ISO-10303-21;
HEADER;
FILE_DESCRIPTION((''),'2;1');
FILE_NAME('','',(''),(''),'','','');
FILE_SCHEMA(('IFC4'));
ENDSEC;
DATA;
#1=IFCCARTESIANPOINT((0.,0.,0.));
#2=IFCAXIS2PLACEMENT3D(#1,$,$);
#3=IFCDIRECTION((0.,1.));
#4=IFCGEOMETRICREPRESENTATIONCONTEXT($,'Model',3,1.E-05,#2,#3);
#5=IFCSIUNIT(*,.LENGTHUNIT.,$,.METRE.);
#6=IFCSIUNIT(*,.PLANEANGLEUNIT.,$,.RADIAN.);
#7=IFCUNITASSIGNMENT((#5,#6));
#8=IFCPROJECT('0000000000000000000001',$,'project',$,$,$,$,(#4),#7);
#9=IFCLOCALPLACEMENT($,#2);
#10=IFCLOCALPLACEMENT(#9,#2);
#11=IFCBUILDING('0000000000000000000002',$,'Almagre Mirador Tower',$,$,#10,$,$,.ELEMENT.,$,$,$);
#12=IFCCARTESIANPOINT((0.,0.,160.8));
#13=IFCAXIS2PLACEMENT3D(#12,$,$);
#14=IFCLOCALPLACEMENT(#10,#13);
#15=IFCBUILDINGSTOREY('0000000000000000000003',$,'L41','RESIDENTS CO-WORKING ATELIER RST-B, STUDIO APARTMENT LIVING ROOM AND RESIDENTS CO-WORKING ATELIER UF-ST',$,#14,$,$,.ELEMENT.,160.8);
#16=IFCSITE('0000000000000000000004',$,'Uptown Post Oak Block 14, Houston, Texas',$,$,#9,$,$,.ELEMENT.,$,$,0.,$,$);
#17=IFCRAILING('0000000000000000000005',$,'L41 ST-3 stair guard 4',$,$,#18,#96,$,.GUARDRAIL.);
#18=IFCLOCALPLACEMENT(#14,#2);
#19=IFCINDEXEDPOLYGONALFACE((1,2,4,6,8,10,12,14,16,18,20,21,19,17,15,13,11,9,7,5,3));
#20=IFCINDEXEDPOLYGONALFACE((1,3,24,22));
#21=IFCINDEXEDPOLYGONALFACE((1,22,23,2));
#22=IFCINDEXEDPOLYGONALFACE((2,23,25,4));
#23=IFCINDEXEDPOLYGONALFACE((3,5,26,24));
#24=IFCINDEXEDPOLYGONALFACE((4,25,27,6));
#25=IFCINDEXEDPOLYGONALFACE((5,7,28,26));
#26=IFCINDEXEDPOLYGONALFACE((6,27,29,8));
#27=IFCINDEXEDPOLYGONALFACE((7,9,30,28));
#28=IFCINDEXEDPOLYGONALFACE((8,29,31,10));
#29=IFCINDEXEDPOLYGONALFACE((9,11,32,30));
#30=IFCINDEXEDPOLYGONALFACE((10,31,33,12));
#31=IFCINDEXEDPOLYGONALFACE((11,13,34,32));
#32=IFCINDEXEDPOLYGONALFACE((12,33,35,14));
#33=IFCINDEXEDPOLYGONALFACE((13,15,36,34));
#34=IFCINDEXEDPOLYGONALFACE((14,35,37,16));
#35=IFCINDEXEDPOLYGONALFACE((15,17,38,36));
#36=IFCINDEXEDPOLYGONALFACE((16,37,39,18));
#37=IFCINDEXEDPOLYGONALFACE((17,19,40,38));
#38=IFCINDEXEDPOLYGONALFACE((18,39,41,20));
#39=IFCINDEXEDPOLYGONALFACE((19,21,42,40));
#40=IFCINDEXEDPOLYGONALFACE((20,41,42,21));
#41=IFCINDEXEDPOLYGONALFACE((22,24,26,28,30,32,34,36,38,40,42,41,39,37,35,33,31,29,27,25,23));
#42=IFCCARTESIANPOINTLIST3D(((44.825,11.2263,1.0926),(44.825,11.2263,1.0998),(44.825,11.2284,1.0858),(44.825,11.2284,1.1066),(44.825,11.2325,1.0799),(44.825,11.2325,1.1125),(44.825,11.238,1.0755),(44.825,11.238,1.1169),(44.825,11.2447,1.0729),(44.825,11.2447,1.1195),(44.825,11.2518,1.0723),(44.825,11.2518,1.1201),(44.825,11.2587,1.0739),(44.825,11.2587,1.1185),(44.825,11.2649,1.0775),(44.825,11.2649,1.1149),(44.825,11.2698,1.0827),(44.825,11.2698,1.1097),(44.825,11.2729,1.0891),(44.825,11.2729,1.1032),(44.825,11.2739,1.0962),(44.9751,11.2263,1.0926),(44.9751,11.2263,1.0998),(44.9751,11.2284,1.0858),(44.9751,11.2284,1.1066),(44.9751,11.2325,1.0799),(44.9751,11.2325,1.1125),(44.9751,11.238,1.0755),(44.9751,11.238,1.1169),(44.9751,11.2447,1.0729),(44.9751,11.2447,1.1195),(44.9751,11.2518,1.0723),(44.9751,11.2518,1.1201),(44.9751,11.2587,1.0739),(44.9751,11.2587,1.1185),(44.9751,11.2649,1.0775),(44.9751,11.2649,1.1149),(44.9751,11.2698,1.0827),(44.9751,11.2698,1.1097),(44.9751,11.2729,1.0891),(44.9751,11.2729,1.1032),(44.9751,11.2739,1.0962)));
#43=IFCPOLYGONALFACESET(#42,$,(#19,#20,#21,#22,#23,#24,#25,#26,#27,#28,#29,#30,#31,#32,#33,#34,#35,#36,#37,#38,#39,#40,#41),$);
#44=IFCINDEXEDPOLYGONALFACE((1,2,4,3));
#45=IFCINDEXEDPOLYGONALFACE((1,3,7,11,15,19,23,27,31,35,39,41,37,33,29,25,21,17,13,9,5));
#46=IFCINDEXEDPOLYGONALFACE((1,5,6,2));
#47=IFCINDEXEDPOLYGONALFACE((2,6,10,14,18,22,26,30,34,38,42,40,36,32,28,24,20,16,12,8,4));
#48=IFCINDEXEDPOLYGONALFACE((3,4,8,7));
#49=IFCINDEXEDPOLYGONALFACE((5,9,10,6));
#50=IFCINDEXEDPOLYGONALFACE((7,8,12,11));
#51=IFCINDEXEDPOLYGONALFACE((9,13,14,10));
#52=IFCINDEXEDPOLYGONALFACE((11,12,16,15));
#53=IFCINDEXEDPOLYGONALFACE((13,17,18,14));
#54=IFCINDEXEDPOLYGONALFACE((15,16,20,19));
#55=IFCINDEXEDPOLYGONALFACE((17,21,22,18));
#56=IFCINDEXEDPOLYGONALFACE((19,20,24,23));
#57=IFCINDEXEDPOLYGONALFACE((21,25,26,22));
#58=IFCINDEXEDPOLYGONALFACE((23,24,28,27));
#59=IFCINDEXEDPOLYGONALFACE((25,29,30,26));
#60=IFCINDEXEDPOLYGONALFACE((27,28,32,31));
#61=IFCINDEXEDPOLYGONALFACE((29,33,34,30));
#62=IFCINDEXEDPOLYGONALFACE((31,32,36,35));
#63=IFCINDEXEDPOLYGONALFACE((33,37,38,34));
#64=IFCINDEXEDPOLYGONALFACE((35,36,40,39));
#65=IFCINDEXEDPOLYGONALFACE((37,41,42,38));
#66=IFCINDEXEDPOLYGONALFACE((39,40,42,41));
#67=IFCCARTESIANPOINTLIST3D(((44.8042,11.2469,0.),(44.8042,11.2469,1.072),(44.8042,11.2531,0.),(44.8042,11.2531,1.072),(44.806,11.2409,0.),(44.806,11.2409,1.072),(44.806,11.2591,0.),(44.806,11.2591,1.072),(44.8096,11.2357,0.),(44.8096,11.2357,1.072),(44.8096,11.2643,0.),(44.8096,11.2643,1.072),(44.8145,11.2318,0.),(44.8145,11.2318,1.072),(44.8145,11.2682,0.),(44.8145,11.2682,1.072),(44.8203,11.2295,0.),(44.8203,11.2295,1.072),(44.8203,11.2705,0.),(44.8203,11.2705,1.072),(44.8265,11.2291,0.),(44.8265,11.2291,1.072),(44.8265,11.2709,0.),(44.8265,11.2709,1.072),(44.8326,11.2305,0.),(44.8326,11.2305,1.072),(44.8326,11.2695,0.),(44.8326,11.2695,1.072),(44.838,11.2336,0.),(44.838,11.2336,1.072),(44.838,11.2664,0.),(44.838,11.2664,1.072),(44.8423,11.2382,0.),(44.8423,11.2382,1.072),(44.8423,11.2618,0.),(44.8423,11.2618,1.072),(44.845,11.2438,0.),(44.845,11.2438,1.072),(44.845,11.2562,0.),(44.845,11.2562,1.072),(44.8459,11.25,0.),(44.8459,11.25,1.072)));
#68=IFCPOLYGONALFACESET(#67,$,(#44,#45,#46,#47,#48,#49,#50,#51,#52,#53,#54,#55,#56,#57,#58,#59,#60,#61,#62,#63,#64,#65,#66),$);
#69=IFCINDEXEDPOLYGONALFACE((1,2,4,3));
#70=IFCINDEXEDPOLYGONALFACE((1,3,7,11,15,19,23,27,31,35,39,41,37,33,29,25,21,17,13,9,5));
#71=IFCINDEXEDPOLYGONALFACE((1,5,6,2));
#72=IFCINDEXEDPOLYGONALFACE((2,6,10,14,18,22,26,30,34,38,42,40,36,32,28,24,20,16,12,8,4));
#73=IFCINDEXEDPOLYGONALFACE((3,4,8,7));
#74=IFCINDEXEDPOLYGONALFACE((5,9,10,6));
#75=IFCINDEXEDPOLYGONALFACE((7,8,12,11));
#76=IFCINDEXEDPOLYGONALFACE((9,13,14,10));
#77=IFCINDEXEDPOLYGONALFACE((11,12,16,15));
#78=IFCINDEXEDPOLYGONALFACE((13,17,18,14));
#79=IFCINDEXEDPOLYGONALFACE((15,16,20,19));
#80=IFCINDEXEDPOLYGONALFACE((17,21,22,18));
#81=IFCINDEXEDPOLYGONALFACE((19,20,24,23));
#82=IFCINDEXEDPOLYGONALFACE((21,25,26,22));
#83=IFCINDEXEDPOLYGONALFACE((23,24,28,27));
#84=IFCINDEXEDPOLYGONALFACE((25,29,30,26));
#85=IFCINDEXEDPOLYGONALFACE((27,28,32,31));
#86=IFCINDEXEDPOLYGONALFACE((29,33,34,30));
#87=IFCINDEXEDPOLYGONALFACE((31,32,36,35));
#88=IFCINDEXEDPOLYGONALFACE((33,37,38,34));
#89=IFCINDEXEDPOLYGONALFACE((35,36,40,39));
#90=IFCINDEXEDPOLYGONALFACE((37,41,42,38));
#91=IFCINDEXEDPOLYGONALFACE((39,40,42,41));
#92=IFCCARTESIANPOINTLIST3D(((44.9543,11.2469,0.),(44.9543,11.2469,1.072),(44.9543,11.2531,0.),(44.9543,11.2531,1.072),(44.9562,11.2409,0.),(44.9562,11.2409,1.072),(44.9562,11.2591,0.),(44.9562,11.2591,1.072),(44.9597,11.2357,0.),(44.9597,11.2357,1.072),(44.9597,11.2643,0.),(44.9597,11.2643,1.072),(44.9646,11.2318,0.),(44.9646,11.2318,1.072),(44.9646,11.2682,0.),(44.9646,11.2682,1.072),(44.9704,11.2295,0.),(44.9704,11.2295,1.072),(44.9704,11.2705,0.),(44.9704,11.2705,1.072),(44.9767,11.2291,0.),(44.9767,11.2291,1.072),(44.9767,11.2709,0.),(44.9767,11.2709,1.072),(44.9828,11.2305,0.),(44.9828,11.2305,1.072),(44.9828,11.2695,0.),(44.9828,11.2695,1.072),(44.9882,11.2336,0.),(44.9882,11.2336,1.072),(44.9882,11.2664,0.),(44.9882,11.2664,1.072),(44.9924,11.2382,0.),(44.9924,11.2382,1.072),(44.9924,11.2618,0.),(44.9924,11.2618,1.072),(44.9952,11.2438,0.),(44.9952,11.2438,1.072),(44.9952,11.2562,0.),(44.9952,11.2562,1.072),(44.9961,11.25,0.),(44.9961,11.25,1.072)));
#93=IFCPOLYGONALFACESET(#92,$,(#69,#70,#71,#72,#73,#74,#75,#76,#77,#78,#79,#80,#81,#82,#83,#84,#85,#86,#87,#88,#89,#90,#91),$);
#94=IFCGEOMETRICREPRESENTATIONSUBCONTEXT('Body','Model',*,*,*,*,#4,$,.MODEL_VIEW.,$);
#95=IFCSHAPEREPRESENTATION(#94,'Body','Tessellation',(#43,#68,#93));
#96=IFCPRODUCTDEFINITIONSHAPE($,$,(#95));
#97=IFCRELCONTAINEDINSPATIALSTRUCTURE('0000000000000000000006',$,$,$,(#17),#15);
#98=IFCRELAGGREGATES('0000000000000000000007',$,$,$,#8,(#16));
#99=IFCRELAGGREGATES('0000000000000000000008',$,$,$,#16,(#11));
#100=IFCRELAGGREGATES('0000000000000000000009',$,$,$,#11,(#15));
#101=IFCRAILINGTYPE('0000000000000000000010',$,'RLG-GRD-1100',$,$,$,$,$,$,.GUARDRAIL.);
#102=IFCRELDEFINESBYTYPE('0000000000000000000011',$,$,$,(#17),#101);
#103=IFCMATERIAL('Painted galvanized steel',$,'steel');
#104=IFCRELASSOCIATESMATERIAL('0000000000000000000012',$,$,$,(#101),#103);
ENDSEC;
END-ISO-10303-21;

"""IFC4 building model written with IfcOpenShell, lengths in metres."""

from ifc_helpers import new_model, si_unit, direction, frame, origin, origin_2d, place, context, subcontext, project, spatial, circle, extrude, material, type_object, element, save


model = new_model("IFC4")

# Units and contexts
model_context = context("Model", 3, precision=1e-05, world=origin(), true_north=direction((0.0, 1.0)))
body_context = subcontext(model_context, "Body", "Model", "MODEL_VIEW")
ifc_project = project(units=[si_unit("LENGTHUNIT", "METRE"), si_unit("PLANEANGLEUNIT", "RADIAN")], contexts=[model_context])

# Site, building, storey
site_placement = place(None, origin())
site = spatial("IfcSite", under=ifc_project, at=site_placement, Name="Uptown Post Oak Block 14, Houston, Texas", CompositionType="ELEMENT", RefElevation=0.0)
building_placement = place(site_placement, origin())
building = spatial("IfcBuilding", under=site, at=building_placement, Name="Almagre Mirador Tower", CompositionType="ELEMENT")
storey_placement = place(building_placement, frame((0.0, 0.0, 160.8)))
storey = spatial("IfcBuildingStorey", under=building, at=storey_placement, Name="L41", Description="RESIDENTS CO-WORKING ATELIER RST-B, STUDIO APARTMENT LIVING ROOM AND RESIDENTS CO-WORKING ATELIER UF-ST", CompositionType="ELEMENT", Elevation=160.8)

# Railing
ifc_material_1 = material(Name="Painted galvanized steel", Category="steel")
railing_type_1 = type_object("IfcRailingType", Name="RLG-GRD-1100", PredefinedType="GUARDRAIL", material=ifc_material_1)
railing_1_placement = place(storey_placement, frame((44.825, 11.25, 0.0)))
element("IfcRailing", 1, at=railing_1_placement, inside=storey, type_object=railing_type_1, Name="L41 ST-3 stair guard 4", PredefinedType="GUARDRAIL", context=body_context, shape_type="SweptSolid", body=[
    extrude(circle(Radius=0.0239, at=origin_2d()), frame((0.0, 0.0, 1.0962), z_axis=(1.0, 0.0, 0.0), x_axis=(0.0, 1.0, 0.0)), (0.0, 0.0, 1.0), 0.1501),
    extrude(circle(Radius=0.021, at=origin_2d()), origin(), (0.0, 0.0, 1.0), 1.072),
    extrude(circle(Radius=0.021, at=origin_2d()), frame((0.1501, 0.0, 0.0)), (0.0, 0.0, 1.0), 1.072),
])

save(model, "model.ifc")
